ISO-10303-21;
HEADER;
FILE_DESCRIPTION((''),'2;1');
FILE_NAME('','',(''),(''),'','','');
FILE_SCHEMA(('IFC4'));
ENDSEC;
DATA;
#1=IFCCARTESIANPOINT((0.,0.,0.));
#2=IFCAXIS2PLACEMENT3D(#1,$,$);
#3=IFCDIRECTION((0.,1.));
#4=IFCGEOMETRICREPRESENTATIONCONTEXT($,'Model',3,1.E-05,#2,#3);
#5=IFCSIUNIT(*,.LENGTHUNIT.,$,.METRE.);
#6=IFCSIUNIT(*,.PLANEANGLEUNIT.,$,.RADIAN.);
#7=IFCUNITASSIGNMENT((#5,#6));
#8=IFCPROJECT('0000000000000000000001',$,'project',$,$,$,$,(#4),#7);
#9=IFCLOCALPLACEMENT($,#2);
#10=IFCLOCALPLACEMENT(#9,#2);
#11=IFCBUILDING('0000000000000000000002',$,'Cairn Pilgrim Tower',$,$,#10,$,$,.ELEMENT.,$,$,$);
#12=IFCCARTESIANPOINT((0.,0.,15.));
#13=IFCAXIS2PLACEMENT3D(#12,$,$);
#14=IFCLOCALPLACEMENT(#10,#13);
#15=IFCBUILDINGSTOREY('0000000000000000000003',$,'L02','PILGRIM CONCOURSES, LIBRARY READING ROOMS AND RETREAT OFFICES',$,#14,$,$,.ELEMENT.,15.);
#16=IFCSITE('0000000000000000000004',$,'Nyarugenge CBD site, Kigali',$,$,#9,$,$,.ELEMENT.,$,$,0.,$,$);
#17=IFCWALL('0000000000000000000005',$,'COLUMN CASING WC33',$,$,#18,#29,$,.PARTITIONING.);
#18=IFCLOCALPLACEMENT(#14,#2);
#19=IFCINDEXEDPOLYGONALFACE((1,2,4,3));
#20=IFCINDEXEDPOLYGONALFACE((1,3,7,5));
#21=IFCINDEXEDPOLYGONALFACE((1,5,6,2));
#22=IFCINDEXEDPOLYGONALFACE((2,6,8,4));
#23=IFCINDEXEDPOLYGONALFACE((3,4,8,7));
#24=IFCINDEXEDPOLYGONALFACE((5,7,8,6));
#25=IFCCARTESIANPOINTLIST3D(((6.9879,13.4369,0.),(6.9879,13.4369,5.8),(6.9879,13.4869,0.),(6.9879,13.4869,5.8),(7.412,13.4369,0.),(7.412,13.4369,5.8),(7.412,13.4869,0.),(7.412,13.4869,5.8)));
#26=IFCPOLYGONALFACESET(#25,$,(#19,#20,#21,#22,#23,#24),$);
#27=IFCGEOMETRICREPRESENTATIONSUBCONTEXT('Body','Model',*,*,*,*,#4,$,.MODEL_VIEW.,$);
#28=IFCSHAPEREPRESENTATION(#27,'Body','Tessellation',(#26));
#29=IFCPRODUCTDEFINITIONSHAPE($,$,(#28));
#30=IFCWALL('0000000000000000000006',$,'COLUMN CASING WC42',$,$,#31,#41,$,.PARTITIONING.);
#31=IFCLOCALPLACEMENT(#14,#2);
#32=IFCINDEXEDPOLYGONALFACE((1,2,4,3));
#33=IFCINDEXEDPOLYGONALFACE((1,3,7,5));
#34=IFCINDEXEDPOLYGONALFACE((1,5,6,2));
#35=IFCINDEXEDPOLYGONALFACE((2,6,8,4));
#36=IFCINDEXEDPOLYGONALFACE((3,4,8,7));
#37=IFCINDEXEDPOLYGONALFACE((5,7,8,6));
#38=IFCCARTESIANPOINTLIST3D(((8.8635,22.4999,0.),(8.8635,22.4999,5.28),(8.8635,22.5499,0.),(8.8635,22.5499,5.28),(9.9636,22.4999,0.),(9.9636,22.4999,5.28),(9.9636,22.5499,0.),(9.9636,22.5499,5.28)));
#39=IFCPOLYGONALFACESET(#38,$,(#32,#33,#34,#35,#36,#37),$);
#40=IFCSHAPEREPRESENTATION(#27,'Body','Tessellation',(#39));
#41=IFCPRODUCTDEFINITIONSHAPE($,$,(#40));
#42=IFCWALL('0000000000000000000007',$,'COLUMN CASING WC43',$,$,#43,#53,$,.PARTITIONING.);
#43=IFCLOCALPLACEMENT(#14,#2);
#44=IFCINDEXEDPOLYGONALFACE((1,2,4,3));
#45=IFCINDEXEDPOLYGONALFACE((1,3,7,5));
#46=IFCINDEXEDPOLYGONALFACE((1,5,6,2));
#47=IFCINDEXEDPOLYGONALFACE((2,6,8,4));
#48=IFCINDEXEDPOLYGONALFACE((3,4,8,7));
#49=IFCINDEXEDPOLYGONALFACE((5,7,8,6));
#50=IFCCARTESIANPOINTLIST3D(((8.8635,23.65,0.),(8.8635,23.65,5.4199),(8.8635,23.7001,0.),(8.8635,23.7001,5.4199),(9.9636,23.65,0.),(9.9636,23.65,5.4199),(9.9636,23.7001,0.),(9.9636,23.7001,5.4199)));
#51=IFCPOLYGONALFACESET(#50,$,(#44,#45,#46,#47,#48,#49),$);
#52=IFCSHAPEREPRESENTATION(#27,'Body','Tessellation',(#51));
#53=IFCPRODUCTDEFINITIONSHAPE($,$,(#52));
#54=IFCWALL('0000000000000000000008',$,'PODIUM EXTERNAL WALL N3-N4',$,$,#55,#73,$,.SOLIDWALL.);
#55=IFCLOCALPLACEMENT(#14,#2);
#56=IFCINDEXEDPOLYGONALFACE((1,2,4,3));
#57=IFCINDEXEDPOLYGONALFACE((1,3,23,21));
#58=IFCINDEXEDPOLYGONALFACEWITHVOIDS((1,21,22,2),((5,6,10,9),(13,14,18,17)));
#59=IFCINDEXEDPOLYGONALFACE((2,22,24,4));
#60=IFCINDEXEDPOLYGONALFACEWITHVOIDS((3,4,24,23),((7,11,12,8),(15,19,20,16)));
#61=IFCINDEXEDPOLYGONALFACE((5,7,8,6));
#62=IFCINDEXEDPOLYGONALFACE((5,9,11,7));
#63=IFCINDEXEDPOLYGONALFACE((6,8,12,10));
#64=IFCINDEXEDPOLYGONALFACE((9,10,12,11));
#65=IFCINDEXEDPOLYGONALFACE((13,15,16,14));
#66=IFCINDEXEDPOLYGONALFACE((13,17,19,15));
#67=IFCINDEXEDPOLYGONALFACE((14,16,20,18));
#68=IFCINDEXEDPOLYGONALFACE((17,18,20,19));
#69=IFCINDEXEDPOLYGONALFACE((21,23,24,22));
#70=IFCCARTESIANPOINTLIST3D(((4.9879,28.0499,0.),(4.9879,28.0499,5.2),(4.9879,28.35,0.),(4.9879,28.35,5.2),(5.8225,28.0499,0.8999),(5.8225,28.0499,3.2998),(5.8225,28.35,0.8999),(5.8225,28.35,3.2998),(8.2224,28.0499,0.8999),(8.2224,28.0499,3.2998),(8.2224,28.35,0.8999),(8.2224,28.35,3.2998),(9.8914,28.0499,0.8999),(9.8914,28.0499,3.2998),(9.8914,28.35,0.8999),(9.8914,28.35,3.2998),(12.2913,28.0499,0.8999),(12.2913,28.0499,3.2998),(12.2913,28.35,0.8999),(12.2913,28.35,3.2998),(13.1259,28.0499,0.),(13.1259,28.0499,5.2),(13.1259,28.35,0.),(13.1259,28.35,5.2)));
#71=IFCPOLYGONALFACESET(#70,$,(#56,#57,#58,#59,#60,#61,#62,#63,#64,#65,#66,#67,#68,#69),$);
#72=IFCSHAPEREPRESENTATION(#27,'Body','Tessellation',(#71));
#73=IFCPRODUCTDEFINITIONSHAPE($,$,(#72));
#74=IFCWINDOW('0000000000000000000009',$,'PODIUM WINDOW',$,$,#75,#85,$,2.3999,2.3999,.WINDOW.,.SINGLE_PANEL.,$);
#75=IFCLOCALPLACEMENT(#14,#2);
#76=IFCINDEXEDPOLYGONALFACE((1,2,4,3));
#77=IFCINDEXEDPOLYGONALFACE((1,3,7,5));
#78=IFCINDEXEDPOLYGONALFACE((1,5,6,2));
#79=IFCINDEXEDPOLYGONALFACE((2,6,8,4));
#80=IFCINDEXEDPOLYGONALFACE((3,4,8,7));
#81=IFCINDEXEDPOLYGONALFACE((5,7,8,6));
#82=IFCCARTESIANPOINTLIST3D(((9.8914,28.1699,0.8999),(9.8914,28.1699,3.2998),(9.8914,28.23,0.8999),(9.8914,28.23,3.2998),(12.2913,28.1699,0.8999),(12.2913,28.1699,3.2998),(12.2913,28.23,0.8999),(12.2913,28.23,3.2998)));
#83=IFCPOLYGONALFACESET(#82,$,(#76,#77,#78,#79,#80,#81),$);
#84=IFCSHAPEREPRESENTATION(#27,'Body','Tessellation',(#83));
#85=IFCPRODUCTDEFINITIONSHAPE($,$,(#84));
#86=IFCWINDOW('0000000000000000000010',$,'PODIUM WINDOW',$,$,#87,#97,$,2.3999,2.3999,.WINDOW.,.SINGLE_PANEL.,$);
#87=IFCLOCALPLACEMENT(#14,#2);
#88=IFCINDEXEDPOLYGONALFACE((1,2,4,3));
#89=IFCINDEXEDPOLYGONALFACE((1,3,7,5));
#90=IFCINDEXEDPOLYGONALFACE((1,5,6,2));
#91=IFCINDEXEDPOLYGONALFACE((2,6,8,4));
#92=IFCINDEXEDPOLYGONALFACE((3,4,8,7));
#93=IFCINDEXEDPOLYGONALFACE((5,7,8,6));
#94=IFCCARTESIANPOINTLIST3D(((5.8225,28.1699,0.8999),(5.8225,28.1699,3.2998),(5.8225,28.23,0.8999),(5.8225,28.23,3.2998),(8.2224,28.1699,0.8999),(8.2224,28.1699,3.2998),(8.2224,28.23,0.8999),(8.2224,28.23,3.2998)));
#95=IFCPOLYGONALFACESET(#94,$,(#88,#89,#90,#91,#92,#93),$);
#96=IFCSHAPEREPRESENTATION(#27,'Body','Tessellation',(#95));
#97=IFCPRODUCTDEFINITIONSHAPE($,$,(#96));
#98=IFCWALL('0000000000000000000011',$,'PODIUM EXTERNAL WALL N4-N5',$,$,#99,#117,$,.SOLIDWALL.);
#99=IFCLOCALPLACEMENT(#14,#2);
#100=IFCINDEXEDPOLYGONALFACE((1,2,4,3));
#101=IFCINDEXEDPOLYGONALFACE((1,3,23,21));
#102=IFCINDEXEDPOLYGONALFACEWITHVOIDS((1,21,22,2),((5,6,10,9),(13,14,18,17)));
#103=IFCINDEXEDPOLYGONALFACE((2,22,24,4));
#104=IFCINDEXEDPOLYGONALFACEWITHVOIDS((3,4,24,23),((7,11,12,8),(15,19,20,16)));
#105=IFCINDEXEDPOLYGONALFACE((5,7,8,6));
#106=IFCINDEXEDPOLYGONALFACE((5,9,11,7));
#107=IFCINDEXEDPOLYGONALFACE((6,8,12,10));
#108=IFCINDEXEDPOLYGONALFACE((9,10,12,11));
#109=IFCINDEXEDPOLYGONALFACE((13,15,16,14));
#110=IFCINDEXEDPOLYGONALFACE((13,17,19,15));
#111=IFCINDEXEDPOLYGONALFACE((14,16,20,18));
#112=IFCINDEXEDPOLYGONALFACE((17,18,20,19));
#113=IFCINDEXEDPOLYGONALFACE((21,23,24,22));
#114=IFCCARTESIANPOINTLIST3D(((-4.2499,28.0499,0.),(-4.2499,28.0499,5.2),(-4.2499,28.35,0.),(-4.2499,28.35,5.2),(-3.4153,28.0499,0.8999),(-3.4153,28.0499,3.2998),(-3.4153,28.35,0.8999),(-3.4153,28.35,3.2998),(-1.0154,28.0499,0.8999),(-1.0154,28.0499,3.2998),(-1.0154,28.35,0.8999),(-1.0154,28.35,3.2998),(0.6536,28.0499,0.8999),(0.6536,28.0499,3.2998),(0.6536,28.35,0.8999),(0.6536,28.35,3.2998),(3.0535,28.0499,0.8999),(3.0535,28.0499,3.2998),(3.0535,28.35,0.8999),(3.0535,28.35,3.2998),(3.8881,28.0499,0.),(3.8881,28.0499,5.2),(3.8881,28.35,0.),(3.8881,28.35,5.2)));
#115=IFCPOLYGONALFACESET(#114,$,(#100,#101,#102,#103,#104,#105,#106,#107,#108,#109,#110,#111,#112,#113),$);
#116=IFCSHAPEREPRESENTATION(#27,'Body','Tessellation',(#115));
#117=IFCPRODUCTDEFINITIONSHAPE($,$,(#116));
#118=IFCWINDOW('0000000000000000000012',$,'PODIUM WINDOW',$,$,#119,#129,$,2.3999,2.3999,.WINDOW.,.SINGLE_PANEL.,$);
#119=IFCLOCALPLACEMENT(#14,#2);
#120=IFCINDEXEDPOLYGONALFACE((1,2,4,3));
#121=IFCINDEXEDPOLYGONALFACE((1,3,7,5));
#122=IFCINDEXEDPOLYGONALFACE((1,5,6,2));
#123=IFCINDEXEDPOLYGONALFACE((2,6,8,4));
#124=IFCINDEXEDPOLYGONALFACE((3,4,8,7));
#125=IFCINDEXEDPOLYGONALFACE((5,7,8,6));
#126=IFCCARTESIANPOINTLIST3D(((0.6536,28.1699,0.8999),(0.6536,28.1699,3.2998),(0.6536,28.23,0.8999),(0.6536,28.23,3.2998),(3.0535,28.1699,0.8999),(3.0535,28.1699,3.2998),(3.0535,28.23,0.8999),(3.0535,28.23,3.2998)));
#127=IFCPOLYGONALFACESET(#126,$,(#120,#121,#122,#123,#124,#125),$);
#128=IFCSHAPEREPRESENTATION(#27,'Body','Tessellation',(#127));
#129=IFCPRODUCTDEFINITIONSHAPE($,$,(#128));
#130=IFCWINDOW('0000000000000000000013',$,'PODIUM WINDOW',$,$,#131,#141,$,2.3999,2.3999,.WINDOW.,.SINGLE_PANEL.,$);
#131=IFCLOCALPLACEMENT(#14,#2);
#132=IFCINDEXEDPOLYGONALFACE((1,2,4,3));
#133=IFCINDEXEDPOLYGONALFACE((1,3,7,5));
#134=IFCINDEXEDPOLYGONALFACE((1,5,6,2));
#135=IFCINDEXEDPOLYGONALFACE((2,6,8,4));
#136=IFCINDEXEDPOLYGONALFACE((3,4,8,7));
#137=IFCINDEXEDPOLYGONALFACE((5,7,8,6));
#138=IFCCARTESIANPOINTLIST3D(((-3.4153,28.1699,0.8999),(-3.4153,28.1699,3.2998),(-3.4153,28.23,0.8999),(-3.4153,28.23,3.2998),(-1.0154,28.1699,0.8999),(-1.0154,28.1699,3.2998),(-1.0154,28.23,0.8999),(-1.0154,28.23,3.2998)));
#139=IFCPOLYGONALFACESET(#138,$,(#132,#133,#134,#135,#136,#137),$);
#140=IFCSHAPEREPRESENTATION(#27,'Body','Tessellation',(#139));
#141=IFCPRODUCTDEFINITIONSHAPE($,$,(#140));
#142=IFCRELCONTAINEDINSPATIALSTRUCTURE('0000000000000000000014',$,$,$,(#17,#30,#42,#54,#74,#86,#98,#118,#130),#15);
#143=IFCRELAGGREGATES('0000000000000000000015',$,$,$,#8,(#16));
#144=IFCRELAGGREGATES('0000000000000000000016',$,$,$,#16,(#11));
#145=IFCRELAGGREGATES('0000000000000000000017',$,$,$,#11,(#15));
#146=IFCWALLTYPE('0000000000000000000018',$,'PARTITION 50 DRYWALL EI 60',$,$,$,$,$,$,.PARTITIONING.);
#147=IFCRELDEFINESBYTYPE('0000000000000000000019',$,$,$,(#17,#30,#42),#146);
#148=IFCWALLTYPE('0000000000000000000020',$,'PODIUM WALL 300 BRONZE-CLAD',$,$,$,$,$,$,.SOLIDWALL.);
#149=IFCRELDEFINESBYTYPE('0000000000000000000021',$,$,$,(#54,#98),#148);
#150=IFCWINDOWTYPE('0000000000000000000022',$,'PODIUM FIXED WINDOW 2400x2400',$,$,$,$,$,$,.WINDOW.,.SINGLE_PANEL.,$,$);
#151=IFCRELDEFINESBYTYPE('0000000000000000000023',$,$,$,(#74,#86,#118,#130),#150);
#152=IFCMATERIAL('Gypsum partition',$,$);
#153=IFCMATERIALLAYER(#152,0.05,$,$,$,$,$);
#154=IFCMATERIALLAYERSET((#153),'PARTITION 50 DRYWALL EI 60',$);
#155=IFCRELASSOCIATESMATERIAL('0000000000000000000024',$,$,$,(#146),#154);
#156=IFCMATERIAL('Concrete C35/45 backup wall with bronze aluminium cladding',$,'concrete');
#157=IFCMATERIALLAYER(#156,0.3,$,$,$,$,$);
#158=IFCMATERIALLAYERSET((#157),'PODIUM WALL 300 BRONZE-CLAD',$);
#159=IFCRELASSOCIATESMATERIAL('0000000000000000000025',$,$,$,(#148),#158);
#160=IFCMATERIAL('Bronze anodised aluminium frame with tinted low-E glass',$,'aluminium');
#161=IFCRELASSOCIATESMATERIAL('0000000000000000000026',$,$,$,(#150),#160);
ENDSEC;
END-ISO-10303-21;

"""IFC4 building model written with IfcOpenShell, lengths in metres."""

from ifc_helpers import new_model, si_unit, direction, frame, frame_2d, origin, place, context, subcontext, project, spatial, rectangle, extrude, material, layer, layer_set, type_object, element, fill, save


model = new_model("IFC4")

# Units and contexts
model_context = context("Model", 3, precision=1e-05, world=origin(), true_north=direction((0.0, 1.0)))
body_context = subcontext(model_context, "Body", "Model", "MODEL_VIEW")
ifc_project = project(units=[si_unit("LENGTHUNIT", "METRE"), si_unit("PLANEANGLEUNIT", "RADIAN")], contexts=[model_context])

# Site, building, storey
site_placement = place(None, origin())
site = spatial("IfcSite", under=ifc_project, at=site_placement, Name="Nyarugenge CBD site, Kigali", CompositionType="ELEMENT", RefElevation=0.0)
building_placement = place(site_placement, origin())
building = spatial("IfcBuilding", under=site, at=building_placement, Name="Cairn Pilgrim Tower", CompositionType="ELEMENT")
storey_placement = place(building_placement, frame((0.0, 0.0, 15.0)))
storey = spatial("IfcBuildingStorey", under=building, at=storey_placement, Name="L02", Description="PILGRIM CONCOURSES, LIBRARY READING ROOMS AND RETREAT OFFICES", CompositionType="ELEMENT", Elevation=15.0)

# Shared definitions
ifc_material_1 = material(Name="Gypsum partition")

# Walls
ifc_layer_1 = layer(ifc_material_1, 0.05)
ifc_layer_set_1 = layer_set([ifc_layer_1], Name="PARTITION 50 DRYWALL EI 60")
wall_type_1 = type_object("IfcWallType", Name="PARTITION 50 DRYWALL EI 60", PredefinedType="PARTITIONING", material=ifc_layer_set_1)
wall_1_placement = place(storey_placement, frame((6.988, 13.4619, 0.0), z_axis=(0.0, 0.0, 1.0), x_axis=(1.0, 0.0, 0.0)))
element("IfcWall", 1, at=wall_1_placement, inside=storey, type_object=wall_type_1, Name="COLUMN CASING WC33", PredefinedType="PARTITIONING", context=body_context, shape_type="SweptSolid", body=[
    extrude(rectangle(XDim=0.4241, YDim=0.05, at=frame_2d((0.2119, 0.0))), origin(), (0.0, 0.0, 1.0), 5.8),
])
wall_2_placement = place(storey_placement, frame((8.8635, 22.5249, 0.0), z_axis=(0.0, 0.0, 1.0), x_axis=(1.0, 0.0, 0.0)))
element("IfcWall", 2, at=wall_2_placement, inside=storey, type_object=wall_type_1, Name="COLUMN CASING WC42", PredefinedType="PARTITIONING", context=body_context, shape_type="SweptSolid", body=[
    extrude(rectangle(XDim=1.1001, YDim=0.05, at=frame_2d((0.55, 0.0))), origin(), (0.0, 0.0, 1.0), 5.28),
])
wall_3_placement = place(storey_placement, frame((8.8635, 23.675, 0.0), z_axis=(0.0, 0.0, 1.0), x_axis=(1.0, 0.0, 0.0)))
element("IfcWall", 3, at=wall_3_placement, inside=storey, type_object=wall_type_1, Name="COLUMN CASING WC43", PredefinedType="PARTITIONING", context=body_context, shape_type="SweptSolid", body=[
    extrude(rectangle(XDim=1.1001, YDim=0.05, at=frame_2d((0.55, 0.0))), origin(), (0.0, 0.0, 1.0), 5.4199),
])

# Walls, openings, windows
ifc_material_2 = material(Name="Concrete C35/45 backup wall with bronze aluminium cladding", Category="concrete")
ifc_layer_2 = layer(ifc_material_2, 0.3)
ifc_layer_set_2 = layer_set([ifc_layer_2], Name="PODIUM WALL 300 BRONZE-CLAD")
wall_type_2 = type_object("IfcWallType", Name="PODIUM WALL 300 BRONZE-CLAD", PredefinedType="SOLIDWALL", material=ifc_layer_set_2)
wall_4_placement = place(storey_placement, frame((13.1257, 28.2, 0.0), z_axis=(0.0, 0.0, 1.0), x_axis=(-1.0, 0.0, 0.0)))
wall_4 = element("IfcWall", 4, at=wall_4_placement, inside=storey, type_object=wall_type_2, Name="PODIUM EXTERNAL WALL N3-N4", PredefinedType="SOLIDWALL", context=body_context, shape_type="SweptSolid", body=[
    extrude(rectangle(XDim=8.1379, YDim=0.3, at=frame_2d((4.0688, 0.0))), origin(), (0.0, 0.0, 1.0), 5.2),
])
opening_1_placement = place(wall_4_placement, frame((0.8345, 0.0, 0.8999)))
opening_1 = element("IfcOpeningElement", 5, at=opening_1_placement, cuts=wall_4, PredefinedType="OPENING", context=body_context, shape_type="SweptSolid", body=[
    extrude(rectangle(XDim=2.3999, YDim=2.3999, at=frame_2d((1.2, 1.2))), frame((0.0, 0.1602, 0.0), z_axis=(0.0, -1.0, 0.0), x_axis=(1.0, 0.0, 0.0)), (0.0, 0.0, 1.0), 0.3201),
])
opening_2_placement = place(wall_4_placement, frame((4.9033, 0.0, 0.8999)))
opening_2 = element("IfcOpeningElement", 6, at=opening_2_placement, cuts=wall_4, PredefinedType="OPENING", context=body_context, shape_type="SweptSolid", body=[
    extrude(rectangle(XDim=2.3999, YDim=2.3999, at=frame_2d((1.2, 1.2))), frame((0.0, 0.1602, 0.0), z_axis=(0.0, -1.0, 0.0), x_axis=(1.0, 0.0, 0.0)), (0.0, 0.0, 1.0), 0.3201),
])
ifc_material_3 = material(Name="Bronze anodised aluminium frame with tinted low-E glass", Category="aluminium")
window_type = type_object("IfcWindowType", Name="PODIUM FIXED WINDOW 2400x2400", PartitioningType="SINGLE_PANEL", PredefinedType="WINDOW", material=ifc_material_3)
window_1_placement = place(opening_1_placement, origin())
window_1 = element("IfcWindow", 7, at=window_1_placement, inside=storey, type_object=window_type, Name="PODIUM WINDOW", OverallHeight=2.3999, OverallWidth=2.3999, PartitioningType="SINGLE_PANEL", PredefinedType="WINDOW", context=body_context, shape_type="SweptSolid", body=[
    extrude(rectangle(XDim=2.3999, YDim=2.3999, at=frame_2d((1.2, 1.2))), frame((0.0, 0.03, 0.0), z_axis=(0.0, -1.0, 0.0), x_axis=(1.0, 0.0, 0.0)), (0.0, 0.0, 1.0), 0.0601),
])
fill(opening_1, window_1)
window_2_placement = place(opening_2_placement, origin())
window_2 = element("IfcWindow", 8, at=window_2_placement, inside=storey, type_object=window_type, Name="PODIUM WINDOW", OverallHeight=2.3999, OverallWidth=2.3999, PartitioningType="SINGLE_PANEL", PredefinedType="WINDOW", context=body_context, shape_type="SweptSolid", body=[
    extrude(rectangle(XDim=2.3999, YDim=2.3999, at=frame_2d((1.2, 1.2))), frame((0.0, 0.03, 0.0), z_axis=(0.0, -1.0, 0.0), x_axis=(1.0, 0.0, 0.0)), (0.0, 0.0, 1.0), 0.0601),
])
fill(opening_2, window_2)
wall_5_placement = place(storey_placement, frame((3.8879, 28.2, 0.0), z_axis=(0.0, 0.0, 1.0), x_axis=(-1.0, 0.0, 0.0)))
wall_5 = element("IfcWall", 9, at=wall_5_placement, inside=storey, type_object=wall_type_2, Name="PODIUM EXTERNAL WALL N4-N5", PredefinedType="SOLIDWALL", context=body_context, shape_type="SweptSolid", body=[
    extrude(rectangle(XDim=8.1379, YDim=0.3, at=frame_2d((4.0688, 0.0))), origin(), (0.0, 0.0, 1.0), 5.2),
])
opening_3_placement = place(wall_5_placement, frame((0.8345, 0.0, 0.8999)))
opening_3 = element("IfcOpeningElement", 10, at=opening_3_placement, cuts=wall_5, PredefinedType="OPENING", context=body_context, shape_type="SweptSolid", body=[
    extrude(rectangle(XDim=2.3999, YDim=2.3999, at=frame_2d((1.2, 1.2))), frame((0.0, 0.1602, 0.0), z_axis=(0.0, -1.0, 0.0), x_axis=(1.0, 0.0, 0.0)), (0.0, 0.0, 1.0), 0.3201),
])
opening_4_placement = place(wall_5_placement, frame((4.9033, 0.0, 0.8999)))
opening_4 = element("IfcOpeningElement", 11, at=opening_4_placement, cuts=wall_5, PredefinedType="OPENING", context=body_context, shape_type="SweptSolid", body=[
    extrude(rectangle(XDim=2.3999, YDim=2.3999, at=frame_2d((1.2, 1.2))), frame((0.0, 0.1602, 0.0), z_axis=(0.0, -1.0, 0.0), x_axis=(1.0, 0.0, 0.0)), (0.0, 0.0, 1.0), 0.3201),
])
window_3_placement = place(opening_3_placement, origin())
window_3 = element("IfcWindow", 12, at=window_3_placement, inside=storey, type_object=window_type, Name="PODIUM WINDOW", OverallHeight=2.3999, OverallWidth=2.3999, PartitioningType="SINGLE_PANEL", PredefinedType="WINDOW", context=body_context, shape_type="SweptSolid", body=[
    extrude(rectangle(XDim=2.3999, YDim=2.3999, at=frame_2d((1.2, 1.2))), frame((0.0, 0.03, 0.0), z_axis=(0.0, -1.0, 0.0), x_axis=(1.0, 0.0, 0.0)), (0.0, 0.0, 1.0), 0.0601),
])
fill(opening_3, window_3)
window_4_placement = place(opening_4_placement, origin())
window_4 = element("IfcWindow", 13, at=window_4_placement, inside=storey, type_object=window_type, Name="PODIUM WINDOW", OverallHeight=2.3999, OverallWidth=2.3999, PartitioningType="SINGLE_PANEL", PredefinedType="WINDOW", context=body_context, shape_type="SweptSolid", body=[
    extrude(rectangle(XDim=2.3999, YDim=2.3999, at=frame_2d((1.2, 1.2))), frame((0.0, 0.03, 0.0), z_axis=(0.0, -1.0, 0.0), x_axis=(1.0, 0.0, 0.0)), (0.0, 0.0, 1.0), 0.0601),
])
fill(opening_4, window_4)

save(model, "model.ifc")
